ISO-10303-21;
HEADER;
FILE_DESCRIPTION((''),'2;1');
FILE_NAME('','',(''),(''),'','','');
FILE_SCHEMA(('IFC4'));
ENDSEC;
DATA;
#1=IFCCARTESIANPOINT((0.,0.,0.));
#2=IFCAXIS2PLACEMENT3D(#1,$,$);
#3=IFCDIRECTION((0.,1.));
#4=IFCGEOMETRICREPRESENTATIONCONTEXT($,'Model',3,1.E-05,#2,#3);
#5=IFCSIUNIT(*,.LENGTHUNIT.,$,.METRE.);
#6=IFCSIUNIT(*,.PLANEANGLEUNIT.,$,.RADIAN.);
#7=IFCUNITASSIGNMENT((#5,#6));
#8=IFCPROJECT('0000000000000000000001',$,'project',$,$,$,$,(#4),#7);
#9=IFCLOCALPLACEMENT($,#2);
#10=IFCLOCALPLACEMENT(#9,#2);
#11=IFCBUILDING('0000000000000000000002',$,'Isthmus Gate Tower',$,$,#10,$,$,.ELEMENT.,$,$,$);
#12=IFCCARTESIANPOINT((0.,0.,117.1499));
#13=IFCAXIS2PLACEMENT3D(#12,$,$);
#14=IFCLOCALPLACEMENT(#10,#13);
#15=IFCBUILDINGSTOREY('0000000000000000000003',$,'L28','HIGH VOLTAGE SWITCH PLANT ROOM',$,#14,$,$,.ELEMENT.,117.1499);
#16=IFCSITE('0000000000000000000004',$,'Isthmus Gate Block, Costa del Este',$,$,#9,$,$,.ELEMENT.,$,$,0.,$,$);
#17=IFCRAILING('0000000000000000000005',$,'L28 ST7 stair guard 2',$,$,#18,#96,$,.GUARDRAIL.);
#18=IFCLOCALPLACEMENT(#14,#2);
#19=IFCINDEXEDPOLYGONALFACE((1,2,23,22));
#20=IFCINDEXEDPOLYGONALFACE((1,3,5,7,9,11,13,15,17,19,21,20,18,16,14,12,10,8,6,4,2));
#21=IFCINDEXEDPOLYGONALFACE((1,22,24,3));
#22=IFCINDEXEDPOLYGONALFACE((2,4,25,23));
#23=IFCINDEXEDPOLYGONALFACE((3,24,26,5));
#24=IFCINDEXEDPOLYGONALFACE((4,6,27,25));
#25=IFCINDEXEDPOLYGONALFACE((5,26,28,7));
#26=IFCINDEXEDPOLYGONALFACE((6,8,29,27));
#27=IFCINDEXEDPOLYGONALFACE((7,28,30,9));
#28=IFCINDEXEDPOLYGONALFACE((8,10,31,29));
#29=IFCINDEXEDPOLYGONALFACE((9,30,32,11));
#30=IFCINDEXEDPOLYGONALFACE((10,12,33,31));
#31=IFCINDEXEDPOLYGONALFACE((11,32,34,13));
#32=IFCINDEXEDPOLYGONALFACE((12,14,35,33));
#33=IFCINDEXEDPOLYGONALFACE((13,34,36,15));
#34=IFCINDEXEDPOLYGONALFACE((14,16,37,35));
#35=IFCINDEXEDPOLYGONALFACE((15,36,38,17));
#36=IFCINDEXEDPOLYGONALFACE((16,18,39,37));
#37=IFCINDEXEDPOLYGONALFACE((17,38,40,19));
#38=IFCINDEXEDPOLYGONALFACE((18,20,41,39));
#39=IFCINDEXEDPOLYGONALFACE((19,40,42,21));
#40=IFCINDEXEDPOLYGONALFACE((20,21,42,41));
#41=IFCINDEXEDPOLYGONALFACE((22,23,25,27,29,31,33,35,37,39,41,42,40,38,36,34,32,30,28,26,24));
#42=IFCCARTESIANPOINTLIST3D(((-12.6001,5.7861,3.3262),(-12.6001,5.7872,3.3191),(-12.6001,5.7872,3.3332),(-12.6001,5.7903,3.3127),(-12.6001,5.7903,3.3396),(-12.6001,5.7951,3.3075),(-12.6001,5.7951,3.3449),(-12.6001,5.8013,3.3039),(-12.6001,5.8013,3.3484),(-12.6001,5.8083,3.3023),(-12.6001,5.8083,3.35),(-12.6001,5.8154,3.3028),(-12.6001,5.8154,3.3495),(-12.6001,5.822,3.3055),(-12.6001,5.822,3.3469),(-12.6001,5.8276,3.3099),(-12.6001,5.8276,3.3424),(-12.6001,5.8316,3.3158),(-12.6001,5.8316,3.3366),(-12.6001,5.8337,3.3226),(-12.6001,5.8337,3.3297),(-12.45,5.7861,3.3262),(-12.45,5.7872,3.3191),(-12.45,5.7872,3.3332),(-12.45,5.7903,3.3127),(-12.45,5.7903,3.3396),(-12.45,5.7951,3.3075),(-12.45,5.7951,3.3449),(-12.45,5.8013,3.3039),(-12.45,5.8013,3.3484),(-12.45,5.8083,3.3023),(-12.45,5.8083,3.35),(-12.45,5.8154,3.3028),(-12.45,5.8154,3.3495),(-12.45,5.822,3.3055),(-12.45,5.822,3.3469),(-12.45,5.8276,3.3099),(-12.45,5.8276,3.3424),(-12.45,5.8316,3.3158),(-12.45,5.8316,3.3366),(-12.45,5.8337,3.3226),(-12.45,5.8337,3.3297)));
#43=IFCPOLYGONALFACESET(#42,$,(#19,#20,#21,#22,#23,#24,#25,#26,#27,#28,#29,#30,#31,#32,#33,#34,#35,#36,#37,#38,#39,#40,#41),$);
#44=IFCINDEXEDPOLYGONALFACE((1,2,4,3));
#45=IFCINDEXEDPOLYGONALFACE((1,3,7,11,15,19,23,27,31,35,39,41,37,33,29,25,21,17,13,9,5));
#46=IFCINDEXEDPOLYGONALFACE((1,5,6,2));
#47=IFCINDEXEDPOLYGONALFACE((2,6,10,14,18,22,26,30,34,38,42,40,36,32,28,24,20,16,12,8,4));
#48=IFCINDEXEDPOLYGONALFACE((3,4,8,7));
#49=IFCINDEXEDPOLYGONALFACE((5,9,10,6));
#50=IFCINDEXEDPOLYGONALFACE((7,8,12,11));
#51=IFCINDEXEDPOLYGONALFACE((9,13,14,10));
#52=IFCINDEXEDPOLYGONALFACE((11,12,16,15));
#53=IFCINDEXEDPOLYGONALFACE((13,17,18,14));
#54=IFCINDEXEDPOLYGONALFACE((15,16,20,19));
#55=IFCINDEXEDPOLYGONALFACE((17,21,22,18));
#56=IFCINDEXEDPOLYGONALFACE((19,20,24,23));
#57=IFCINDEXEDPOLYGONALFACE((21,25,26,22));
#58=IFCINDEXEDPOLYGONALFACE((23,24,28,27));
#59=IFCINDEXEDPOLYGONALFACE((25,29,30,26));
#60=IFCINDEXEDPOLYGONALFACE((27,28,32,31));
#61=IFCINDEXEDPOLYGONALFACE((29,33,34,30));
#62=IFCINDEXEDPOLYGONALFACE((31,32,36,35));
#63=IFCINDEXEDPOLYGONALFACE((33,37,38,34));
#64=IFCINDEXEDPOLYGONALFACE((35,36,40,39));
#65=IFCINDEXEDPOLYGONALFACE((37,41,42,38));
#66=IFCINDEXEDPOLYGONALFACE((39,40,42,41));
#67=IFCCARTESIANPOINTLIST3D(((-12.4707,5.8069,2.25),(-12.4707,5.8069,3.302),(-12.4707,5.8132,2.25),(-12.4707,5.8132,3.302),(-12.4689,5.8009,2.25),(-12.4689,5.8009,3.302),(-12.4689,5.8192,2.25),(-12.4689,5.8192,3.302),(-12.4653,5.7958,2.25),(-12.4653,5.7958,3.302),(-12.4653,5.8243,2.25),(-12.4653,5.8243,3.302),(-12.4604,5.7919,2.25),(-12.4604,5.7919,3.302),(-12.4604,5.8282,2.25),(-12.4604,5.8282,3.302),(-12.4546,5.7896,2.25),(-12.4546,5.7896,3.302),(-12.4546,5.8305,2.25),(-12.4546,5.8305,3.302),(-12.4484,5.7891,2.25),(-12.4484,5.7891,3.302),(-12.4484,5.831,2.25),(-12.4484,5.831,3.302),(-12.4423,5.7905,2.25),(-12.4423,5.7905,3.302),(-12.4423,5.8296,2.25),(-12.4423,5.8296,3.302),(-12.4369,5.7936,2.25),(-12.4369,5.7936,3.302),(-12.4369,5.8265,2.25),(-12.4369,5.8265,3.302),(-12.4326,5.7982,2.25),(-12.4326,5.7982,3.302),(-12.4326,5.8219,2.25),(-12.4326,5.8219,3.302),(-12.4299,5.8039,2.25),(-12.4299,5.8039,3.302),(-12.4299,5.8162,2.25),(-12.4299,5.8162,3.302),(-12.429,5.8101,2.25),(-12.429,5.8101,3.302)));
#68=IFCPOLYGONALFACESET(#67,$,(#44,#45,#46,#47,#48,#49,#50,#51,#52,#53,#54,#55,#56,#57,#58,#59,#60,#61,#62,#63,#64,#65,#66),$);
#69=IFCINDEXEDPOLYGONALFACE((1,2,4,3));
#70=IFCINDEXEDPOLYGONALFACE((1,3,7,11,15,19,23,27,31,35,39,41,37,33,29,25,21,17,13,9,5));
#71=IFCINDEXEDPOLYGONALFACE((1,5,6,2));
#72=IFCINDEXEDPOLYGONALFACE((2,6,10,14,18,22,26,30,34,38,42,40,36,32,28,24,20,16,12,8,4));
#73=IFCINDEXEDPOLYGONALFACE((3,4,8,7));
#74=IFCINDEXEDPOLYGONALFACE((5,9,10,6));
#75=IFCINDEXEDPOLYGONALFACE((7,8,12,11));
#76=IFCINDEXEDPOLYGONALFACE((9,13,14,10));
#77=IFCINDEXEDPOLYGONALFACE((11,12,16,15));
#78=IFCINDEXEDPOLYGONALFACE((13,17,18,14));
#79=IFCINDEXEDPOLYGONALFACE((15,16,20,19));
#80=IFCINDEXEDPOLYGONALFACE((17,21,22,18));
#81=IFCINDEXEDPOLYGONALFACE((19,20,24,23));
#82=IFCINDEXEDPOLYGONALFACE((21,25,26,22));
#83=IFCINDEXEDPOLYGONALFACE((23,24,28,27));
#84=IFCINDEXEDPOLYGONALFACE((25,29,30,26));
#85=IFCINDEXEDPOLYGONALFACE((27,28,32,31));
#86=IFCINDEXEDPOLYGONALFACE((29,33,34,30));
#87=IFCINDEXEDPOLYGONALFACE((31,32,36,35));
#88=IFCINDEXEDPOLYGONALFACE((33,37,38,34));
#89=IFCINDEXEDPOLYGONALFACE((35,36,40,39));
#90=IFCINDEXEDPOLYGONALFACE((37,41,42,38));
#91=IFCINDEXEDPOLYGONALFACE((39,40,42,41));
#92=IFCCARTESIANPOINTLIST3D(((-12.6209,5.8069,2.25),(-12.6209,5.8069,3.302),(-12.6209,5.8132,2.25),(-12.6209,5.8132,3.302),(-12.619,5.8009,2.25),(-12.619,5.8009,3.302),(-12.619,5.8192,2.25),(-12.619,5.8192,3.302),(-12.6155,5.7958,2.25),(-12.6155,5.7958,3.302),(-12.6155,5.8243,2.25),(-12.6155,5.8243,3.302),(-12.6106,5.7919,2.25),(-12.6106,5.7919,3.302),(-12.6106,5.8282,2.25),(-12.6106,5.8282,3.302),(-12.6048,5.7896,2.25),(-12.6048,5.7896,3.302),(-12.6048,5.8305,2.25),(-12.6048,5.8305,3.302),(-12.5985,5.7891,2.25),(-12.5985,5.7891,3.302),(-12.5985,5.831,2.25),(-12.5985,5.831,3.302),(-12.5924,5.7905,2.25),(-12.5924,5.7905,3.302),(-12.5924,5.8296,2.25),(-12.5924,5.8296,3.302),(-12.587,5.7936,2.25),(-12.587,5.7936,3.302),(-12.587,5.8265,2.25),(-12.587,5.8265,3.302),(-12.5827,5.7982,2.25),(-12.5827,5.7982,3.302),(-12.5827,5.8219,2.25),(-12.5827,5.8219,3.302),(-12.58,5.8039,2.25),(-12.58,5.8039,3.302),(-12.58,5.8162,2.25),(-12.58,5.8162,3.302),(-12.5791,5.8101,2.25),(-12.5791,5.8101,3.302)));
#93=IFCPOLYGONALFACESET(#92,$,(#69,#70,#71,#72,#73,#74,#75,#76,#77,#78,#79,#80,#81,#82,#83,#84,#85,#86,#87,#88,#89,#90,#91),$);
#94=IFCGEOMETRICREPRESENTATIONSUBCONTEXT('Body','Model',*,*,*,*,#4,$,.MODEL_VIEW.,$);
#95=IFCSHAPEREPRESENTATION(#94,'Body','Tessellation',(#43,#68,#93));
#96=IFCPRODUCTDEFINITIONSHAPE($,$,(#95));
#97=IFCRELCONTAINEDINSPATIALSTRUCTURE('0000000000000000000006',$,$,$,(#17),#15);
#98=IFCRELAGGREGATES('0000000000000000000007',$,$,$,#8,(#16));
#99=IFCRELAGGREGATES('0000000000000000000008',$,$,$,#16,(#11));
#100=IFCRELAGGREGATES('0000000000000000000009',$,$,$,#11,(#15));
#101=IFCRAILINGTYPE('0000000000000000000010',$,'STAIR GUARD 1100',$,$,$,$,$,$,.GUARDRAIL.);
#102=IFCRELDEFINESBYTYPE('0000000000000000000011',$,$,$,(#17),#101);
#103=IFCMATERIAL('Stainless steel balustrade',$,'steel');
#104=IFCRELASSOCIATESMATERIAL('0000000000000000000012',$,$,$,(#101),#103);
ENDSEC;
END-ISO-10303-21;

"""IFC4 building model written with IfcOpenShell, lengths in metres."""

from ifc_helpers import new_model, si_unit, direction, frame, origin, origin_2d, place, context, subcontext, project, spatial, circle, extrude, material, type_object, element, save


model = new_model("IFC4")

# Units and contexts
model_context = context("Model", 3, precision=1e-05, world=origin(), true_north=direction((0.0, 1.0)))
body_context = subcontext(model_context, "Body", "Model", "MODEL_VIEW")
ifc_project = project(units=[si_unit("LENGTHUNIT", "METRE"), si_unit("PLANEANGLEUNIT", "RADIAN")], contexts=[model_context])

# Site, building, storey
site_placement = place(None, origin())
site = spatial("IfcSite", under=ifc_project, at=site_placement, Name="Isthmus Gate Block, Costa del Este", CompositionType="ELEMENT", RefElevation=0.0)
building_placement = place(site_placement, origin())
building = spatial("IfcBuilding", under=site, at=building_placement, Name="Isthmus Gate Tower", CompositionType="ELEMENT")
storey_placement = place(building_placement, frame((0.0, 0.0, 117.1499)))
storey = spatial("IfcBuildingStorey", under=building, at=storey_placement, Name="L28", Description="HIGH VOLTAGE SWITCH PLANT ROOM", CompositionType="ELEMENT", Elevation=117.1499)

# Railing
ifc_material_1 = material(Name="Stainless steel balustrade", Category="steel")
railing_type_1 = type_object("IfcRailingType", Name="STAIR GUARD 1100", PredefinedType="GUARDRAIL", material=ifc_material_1)
railing_1_placement = place(storey_placement, frame((-12.45, 5.8101, 2.25)))
element("IfcRailing", 1, at=railing_1_placement, inside=storey, type_object=railing_type_1, Name="L28 ST7 stair guard 2", PredefinedType="GUARDRAIL", context=body_context, shape_type="SweptSolid", body=[
    extrude(circle(Radius=0.0239, at=origin_2d()), frame((0.0, 0.0, 1.0762), z_axis=(-1.0, 0.0, 0.0), x_axis=(0.0, -1.0, 0.0)), (0.0, 0.0, 1.0), 0.1501),
    extrude(circle(Radius=0.021, at=origin_2d()), origin(), (0.0, 0.0, 1.0), 1.052),
    extrude(circle(Radius=0.021, at=origin_2d()), frame((-0.1501, 0.0, 0.0)), (0.0, 0.0, 1.0), 1.052),
])

save(model, "model.ifc")
